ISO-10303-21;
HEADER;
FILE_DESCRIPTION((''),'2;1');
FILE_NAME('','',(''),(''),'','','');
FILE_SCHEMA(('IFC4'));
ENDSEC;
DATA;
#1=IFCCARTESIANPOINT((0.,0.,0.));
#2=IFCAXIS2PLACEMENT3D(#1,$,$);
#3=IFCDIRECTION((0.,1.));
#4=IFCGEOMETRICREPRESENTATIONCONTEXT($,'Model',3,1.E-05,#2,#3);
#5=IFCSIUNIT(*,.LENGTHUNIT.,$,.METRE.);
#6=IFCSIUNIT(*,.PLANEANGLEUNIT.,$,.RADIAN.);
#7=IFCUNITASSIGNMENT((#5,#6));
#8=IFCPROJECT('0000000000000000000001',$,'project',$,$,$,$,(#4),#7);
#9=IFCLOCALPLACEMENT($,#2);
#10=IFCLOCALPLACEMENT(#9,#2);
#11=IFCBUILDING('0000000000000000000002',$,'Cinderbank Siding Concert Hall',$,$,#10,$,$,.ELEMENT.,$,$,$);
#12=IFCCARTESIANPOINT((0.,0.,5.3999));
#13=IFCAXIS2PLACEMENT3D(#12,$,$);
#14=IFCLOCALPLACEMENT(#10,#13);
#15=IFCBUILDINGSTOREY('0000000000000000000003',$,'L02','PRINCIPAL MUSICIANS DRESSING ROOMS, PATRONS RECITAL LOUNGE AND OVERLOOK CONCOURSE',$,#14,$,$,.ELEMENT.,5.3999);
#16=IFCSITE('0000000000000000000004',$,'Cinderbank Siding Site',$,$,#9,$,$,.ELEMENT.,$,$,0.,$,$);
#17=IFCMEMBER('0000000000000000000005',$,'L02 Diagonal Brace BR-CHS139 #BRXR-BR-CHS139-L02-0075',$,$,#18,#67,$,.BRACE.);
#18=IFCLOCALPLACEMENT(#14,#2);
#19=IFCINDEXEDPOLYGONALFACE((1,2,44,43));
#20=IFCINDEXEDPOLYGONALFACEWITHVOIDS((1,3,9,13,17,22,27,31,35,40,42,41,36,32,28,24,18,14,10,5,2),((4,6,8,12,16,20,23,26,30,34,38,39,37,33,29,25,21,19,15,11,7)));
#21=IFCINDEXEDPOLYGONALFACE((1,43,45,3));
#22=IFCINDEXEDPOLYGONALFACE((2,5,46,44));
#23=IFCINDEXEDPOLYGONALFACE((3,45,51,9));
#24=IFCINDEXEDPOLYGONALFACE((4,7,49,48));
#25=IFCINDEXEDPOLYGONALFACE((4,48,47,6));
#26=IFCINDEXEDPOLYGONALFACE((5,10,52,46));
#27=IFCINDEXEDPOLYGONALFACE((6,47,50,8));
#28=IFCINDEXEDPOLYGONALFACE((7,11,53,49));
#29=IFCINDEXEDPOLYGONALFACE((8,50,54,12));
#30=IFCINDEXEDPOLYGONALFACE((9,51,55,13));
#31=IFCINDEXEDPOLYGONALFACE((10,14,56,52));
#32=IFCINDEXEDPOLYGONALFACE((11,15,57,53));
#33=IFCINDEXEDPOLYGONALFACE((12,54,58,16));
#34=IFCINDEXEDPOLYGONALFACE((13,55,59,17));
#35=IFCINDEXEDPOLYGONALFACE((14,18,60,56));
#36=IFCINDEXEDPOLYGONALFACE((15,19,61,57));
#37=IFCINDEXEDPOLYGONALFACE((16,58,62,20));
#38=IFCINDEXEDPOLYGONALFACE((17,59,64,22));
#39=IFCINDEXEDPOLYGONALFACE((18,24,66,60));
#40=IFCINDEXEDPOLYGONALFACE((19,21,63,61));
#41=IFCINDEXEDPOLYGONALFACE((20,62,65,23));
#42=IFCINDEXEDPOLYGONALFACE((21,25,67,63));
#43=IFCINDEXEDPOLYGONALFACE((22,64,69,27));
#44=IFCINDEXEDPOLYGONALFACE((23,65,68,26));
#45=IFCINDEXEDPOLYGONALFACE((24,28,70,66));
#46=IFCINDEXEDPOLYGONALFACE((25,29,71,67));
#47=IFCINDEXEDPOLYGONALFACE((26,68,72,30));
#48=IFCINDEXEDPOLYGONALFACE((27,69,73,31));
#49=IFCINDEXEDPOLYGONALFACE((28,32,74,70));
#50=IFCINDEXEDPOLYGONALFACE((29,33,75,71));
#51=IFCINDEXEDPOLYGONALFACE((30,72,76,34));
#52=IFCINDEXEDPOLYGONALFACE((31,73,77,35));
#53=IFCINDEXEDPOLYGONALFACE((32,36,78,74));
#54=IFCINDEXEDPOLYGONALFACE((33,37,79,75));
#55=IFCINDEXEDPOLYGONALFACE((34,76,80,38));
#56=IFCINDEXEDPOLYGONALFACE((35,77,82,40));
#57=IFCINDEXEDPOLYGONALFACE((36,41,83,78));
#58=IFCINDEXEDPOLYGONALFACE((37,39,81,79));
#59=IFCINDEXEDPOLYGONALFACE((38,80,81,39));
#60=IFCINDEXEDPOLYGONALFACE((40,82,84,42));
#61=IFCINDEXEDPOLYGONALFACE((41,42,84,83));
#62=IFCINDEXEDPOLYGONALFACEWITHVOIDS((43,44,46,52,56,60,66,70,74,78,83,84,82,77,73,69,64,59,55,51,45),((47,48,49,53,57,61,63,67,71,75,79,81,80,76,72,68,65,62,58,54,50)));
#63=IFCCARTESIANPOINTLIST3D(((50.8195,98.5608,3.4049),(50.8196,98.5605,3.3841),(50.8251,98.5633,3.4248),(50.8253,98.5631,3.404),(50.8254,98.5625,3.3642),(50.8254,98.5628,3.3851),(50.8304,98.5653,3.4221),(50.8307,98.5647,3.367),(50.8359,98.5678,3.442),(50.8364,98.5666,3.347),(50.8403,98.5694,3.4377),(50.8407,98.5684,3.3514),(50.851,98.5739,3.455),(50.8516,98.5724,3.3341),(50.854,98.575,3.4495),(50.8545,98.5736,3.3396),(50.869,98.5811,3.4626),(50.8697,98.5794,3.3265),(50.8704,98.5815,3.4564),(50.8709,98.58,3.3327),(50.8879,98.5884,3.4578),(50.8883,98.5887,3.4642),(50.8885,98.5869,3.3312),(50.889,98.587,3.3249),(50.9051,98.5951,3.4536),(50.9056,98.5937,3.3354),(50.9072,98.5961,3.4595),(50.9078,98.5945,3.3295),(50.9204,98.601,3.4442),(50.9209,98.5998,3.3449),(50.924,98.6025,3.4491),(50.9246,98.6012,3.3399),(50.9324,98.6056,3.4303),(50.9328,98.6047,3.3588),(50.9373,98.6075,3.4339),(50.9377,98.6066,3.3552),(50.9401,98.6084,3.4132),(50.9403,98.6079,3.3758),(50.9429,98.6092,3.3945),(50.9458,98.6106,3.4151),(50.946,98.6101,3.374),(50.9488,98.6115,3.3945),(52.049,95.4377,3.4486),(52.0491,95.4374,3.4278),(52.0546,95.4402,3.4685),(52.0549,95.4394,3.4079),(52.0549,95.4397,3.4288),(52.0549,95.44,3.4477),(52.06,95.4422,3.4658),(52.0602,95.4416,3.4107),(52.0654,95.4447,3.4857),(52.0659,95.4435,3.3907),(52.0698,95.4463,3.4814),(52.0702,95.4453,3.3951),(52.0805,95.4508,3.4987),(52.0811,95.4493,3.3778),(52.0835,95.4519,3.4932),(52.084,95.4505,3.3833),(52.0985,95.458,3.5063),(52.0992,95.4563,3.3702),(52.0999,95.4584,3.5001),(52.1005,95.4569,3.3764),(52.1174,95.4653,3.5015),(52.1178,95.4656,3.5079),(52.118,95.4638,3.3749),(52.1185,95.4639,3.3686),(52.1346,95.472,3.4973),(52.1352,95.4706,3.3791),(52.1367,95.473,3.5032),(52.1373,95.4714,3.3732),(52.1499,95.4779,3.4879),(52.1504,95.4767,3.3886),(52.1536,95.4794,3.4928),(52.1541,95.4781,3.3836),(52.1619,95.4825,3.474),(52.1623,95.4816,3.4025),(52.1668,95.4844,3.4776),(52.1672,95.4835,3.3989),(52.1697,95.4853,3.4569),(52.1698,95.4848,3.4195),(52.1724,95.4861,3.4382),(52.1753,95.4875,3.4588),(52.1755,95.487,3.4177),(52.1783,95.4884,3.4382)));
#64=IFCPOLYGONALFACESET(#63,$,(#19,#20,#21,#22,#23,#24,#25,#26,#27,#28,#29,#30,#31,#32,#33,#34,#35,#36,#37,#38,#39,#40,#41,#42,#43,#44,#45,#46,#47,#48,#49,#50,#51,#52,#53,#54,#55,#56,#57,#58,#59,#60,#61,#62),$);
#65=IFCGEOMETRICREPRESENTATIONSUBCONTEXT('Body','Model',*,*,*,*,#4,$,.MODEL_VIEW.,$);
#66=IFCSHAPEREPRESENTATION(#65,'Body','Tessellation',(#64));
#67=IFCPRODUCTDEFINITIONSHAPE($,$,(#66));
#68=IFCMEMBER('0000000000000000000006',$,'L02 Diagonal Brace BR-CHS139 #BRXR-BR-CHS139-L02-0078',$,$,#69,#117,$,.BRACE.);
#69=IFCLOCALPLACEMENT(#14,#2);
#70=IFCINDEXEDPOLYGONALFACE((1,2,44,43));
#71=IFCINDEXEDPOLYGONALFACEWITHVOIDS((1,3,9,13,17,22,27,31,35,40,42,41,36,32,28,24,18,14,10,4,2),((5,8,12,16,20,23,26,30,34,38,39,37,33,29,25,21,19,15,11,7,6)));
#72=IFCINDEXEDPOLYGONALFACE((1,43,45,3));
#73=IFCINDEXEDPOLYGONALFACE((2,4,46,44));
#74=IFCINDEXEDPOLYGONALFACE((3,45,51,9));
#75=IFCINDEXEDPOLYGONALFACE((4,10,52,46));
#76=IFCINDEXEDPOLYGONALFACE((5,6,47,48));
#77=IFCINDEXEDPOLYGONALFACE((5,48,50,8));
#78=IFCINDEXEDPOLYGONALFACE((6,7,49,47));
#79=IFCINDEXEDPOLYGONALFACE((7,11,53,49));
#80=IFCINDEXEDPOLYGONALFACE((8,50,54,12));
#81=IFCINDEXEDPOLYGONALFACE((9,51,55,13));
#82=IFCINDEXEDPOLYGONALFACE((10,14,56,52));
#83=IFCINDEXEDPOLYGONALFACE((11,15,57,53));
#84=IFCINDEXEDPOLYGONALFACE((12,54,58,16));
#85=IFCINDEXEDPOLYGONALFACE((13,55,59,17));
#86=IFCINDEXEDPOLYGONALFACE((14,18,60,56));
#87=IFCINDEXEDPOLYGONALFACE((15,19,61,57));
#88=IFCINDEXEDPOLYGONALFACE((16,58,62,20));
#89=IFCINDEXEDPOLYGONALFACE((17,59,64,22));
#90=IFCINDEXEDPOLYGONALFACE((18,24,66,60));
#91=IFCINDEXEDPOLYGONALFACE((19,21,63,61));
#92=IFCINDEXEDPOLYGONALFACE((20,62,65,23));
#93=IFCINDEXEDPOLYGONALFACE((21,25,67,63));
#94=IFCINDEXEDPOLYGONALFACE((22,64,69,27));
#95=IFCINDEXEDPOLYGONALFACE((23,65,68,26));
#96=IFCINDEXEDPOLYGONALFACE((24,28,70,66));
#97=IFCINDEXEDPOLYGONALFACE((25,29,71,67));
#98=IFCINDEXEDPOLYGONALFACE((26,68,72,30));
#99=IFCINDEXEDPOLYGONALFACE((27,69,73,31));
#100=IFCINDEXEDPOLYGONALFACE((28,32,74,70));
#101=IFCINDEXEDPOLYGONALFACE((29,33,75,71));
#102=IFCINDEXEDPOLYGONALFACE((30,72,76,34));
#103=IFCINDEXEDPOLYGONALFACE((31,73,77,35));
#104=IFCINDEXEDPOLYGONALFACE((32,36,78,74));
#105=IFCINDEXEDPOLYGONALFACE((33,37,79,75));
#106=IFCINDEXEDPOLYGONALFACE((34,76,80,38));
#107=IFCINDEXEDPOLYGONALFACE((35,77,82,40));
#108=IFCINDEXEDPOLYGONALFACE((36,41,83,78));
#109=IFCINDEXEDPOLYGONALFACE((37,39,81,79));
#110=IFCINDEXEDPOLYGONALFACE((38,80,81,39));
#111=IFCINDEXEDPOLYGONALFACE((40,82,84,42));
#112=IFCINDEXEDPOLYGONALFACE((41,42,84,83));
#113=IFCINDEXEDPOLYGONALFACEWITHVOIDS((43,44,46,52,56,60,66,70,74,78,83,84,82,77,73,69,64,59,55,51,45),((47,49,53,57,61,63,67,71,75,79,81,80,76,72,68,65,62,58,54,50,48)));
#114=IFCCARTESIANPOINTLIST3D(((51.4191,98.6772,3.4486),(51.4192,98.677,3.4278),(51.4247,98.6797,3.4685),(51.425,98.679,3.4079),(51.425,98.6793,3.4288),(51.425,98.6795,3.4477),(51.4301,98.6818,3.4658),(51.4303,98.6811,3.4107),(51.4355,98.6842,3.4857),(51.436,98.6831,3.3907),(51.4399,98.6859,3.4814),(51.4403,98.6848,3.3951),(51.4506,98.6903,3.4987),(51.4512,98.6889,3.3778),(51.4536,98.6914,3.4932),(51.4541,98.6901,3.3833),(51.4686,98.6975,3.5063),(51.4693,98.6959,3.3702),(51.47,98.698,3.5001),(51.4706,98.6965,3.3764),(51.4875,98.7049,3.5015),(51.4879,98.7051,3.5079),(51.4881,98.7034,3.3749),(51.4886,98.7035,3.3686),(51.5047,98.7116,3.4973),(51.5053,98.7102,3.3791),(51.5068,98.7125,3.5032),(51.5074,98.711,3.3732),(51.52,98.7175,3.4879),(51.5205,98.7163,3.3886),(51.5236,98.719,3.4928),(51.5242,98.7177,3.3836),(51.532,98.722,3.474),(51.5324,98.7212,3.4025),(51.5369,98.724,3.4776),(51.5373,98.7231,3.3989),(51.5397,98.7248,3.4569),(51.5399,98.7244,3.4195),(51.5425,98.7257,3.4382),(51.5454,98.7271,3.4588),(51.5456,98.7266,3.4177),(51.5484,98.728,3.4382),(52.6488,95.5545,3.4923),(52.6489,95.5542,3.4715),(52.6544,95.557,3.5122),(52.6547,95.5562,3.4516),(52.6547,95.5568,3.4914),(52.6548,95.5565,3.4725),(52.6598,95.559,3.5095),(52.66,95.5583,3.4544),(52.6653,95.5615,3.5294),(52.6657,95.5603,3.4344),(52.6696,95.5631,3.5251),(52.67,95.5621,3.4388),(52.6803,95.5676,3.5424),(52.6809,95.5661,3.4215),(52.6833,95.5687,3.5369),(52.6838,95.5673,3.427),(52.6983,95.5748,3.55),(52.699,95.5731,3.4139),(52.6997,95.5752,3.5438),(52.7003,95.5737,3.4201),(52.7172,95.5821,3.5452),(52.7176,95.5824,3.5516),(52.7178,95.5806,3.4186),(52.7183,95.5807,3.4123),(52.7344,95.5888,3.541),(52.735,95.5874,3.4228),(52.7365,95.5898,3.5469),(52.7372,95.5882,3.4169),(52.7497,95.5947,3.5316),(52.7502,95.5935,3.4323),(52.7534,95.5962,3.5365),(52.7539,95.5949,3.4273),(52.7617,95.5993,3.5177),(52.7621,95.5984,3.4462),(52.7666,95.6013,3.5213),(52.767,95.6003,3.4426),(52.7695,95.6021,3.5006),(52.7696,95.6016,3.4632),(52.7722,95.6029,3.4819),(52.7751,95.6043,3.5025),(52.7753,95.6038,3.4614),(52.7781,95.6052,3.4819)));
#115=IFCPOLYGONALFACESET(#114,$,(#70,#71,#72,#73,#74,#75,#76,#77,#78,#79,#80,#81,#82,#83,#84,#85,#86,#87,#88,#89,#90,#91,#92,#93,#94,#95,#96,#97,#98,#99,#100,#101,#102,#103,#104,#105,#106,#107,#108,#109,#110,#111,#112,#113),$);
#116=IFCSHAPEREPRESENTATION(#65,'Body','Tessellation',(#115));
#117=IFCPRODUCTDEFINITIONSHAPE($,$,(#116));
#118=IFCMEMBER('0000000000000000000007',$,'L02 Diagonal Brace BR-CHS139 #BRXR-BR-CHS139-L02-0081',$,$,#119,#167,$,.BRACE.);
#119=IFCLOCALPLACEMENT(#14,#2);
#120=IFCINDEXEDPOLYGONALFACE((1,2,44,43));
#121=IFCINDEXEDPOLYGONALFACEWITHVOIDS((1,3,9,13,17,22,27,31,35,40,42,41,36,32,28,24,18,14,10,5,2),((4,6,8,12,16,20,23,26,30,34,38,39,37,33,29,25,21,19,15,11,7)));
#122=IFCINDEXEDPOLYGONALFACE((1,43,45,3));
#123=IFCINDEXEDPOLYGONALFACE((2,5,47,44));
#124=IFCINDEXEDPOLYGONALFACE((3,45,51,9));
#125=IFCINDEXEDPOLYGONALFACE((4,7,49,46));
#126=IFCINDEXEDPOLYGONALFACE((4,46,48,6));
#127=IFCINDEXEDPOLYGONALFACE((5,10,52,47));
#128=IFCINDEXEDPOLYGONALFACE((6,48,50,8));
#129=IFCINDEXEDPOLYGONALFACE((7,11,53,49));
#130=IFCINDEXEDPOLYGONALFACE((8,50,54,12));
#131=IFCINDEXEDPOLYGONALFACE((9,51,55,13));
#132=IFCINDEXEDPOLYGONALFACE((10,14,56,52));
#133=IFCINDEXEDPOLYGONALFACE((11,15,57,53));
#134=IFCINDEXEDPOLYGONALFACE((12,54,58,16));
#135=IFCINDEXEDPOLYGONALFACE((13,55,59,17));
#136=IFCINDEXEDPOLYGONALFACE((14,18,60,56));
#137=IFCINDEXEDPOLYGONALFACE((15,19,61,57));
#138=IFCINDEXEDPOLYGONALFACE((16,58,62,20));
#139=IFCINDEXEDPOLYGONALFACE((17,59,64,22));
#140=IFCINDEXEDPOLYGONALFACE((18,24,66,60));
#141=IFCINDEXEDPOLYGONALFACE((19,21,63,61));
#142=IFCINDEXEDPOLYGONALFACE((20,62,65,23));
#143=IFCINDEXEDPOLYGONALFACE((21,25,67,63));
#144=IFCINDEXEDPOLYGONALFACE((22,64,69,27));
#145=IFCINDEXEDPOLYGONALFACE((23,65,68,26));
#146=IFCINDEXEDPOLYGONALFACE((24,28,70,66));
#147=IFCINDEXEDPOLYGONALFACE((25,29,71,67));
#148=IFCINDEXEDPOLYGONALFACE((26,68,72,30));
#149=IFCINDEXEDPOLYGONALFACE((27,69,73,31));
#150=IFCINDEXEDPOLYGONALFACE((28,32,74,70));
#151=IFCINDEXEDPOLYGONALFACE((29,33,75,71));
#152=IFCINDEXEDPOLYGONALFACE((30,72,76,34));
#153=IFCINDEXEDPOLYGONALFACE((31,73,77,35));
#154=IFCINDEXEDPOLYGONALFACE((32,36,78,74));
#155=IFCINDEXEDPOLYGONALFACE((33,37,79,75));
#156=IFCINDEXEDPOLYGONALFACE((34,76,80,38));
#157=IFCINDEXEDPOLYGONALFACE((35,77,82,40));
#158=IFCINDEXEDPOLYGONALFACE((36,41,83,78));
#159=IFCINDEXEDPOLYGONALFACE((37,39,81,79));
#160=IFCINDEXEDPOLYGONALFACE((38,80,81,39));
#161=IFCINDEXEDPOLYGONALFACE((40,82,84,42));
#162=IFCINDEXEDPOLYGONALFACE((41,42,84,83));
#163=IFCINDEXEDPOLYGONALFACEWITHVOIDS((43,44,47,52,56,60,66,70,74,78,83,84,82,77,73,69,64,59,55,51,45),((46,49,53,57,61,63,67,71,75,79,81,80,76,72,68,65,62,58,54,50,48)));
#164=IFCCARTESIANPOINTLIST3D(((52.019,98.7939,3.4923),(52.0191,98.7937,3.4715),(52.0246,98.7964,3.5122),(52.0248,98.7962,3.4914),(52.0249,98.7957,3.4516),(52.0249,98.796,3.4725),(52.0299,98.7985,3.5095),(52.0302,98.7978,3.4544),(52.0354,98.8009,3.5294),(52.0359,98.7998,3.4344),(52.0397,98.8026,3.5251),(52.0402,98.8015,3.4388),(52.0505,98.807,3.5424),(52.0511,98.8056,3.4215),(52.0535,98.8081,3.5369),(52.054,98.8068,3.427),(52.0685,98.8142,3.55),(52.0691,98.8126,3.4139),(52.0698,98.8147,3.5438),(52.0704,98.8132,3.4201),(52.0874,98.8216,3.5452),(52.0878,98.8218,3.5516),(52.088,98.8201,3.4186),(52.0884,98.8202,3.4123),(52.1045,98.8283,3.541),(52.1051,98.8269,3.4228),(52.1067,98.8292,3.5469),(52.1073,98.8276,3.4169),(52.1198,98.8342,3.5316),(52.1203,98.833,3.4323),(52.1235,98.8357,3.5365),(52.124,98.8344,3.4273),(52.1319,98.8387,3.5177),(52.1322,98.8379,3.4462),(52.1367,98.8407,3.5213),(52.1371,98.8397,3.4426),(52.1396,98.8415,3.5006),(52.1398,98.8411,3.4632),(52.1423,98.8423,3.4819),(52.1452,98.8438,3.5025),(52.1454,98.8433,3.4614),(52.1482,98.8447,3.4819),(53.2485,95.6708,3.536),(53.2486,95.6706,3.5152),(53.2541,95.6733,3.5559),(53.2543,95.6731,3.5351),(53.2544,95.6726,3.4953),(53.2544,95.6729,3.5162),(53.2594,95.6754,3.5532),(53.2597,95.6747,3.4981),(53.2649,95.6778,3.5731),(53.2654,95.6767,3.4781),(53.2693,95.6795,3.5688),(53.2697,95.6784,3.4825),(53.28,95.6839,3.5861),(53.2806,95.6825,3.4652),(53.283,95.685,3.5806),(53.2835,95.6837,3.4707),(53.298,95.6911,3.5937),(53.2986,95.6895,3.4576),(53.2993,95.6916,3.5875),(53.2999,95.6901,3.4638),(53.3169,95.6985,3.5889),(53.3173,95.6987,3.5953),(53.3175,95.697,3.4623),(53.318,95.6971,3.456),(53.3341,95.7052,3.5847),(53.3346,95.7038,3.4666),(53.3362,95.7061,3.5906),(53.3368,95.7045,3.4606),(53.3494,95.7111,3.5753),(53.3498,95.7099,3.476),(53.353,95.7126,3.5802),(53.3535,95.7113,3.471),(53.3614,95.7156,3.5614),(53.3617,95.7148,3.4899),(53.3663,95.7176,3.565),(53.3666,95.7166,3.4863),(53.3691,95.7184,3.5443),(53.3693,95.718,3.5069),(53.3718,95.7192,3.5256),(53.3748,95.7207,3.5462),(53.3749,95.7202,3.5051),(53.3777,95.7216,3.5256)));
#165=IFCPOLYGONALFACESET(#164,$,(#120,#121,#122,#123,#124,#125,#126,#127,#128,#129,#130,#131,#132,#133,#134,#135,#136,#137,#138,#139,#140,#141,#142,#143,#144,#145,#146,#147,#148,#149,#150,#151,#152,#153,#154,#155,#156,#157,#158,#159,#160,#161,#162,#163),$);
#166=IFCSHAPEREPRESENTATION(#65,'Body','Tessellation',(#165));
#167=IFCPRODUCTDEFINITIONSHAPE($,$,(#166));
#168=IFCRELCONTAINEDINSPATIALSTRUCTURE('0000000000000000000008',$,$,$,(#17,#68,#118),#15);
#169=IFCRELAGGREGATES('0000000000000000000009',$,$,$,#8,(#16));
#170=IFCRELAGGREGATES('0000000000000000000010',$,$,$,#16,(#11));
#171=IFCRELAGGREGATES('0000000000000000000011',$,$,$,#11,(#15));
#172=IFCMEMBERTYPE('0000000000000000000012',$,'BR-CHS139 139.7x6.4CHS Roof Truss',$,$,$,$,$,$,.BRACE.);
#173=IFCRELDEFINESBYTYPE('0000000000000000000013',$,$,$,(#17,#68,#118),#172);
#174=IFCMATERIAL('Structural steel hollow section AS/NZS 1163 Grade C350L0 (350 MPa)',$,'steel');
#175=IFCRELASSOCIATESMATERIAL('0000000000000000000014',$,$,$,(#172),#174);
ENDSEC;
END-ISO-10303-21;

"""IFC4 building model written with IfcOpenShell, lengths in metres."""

from ifc_helpers import new_model, si_unit, direction, frame, origin, origin_2d, place, context, subcontext, project, spatial, hollow_circle, extrude, material, material_profile, profile_set, type_object, element, save


model = new_model("IFC4")

# Units and contexts
model_context = context("Model", 3, precision=1e-05, world=origin(), true_north=direction((0.0, 1.0)))
body_context = subcontext(model_context, "Body", "Model", "MODEL_VIEW")
ifc_project = project(units=[si_unit("LENGTHUNIT", "METRE"), si_unit("PLANEANGLEUNIT", "RADIAN")], contexts=[model_context])

# Site, building, storey
site_placement = place(None, origin())
site = spatial("IfcSite", under=ifc_project, at=site_placement, Name="Cinderbank Siding Site", CompositionType="ELEMENT", RefElevation=0.0)
building_placement = place(site_placement, origin())
building = spatial("IfcBuilding", under=site, at=building_placement, Name="Cinderbank Siding Concert Hall", CompositionType="ELEMENT")
storey_placement = place(building_placement, frame((0.0, 0.0, 5.3999)))
storey = spatial("IfcBuildingStorey", under=building, at=storey_placement, Name="L02", Description="PRINCIPAL MUSICIANS DRESSING ROOMS, PATRONS RECITAL LOUNGE AND OVERLOOK CONCOURSE", CompositionType="ELEMENT", Elevation=5.3999)

# Members
ifc_material_1 = material(Name="Structural steel hollow section AS/NZS 1163 Grade C350L0 (350 MPa)", Category="steel")
ifc_material_profile_1 = material_profile(ifc_material_1, hollow_circle(Radius=0.0698, WallThickness=0.0063, at=origin_2d()), Name="139.7x6.4CHS", Category="LoadBearing")
ifc_profile_set_1 = profile_set([ifc_material_profile_1], Name="Structural steel hollow section AS/NZS 1163 Grade C350L0 (350 MPa)")
member_type_1 = type_object("IfcMemberType", Name="BR-CHS139 139.7x6.4CHS Roof Truss", PredefinedType="BRACE", material=ifc_profile_set_1)
member_1_placement = place(storey_placement, frame((50.8838, 98.5859, 3.3945), z_axis=(0.366287, -0.930411, 0.013019), x_axis=(0.93049, 0.366318, 0.0)))
element("IfcMember", 1, at=member_1_placement, inside=storey, type_object=member_type_1, Name="L02 Diagonal Brace BR-CHS139 #BRXR-BR-CHS139-L02-0075", PredefinedType="BRACE", context=body_context, shape_type="SweptSolid", body=[
    extrude(hollow_circle(Radius=0.0698, WallThickness=0.0063, at=origin_2d()), origin(), (0.0, 0.0, 1.0), 3.3567),
])
member_2_placement = place(storey_placement, frame((51.4834, 98.7024, 3.4382), z_axis=(0.366375, -0.930376, 0.01302), x_axis=(0.930455, 0.366406, 0.0)))
element("IfcMember", 2, at=member_2_placement, inside=storey, type_object=member_type_1, Name="L02 Diagonal Brace BR-CHS139 #BRXR-BR-CHS139-L02-0078", PredefinedType="BRACE", context=body_context, shape_type="SweptSolid", body=[
    extrude(hollow_circle(Radius=0.0698, WallThickness=0.0063, at=origin_2d()), origin(), (0.0, 0.0, 1.0), 3.3564),
])
member_3_placement = place(storey_placement, frame((52.0833, 98.8191, 3.4819), z_axis=(0.366287, -0.930411, 0.013019), x_axis=(0.93049, 0.366318, 0.0)))
element("IfcMember", 3, at=member_3_placement, inside=storey, type_object=member_type_1, Name="L02 Diagonal Brace BR-CHS139 #BRXR-BR-CHS139-L02-0081", PredefinedType="BRACE", context=body_context, shape_type="SweptSolid", body=[
    extrude(hollow_circle(Radius=0.0698, WallThickness=0.0063, at=origin_2d()), origin(), (0.0, 0.0, 1.0), 3.3567),
])

save(model, "model.ifc")
